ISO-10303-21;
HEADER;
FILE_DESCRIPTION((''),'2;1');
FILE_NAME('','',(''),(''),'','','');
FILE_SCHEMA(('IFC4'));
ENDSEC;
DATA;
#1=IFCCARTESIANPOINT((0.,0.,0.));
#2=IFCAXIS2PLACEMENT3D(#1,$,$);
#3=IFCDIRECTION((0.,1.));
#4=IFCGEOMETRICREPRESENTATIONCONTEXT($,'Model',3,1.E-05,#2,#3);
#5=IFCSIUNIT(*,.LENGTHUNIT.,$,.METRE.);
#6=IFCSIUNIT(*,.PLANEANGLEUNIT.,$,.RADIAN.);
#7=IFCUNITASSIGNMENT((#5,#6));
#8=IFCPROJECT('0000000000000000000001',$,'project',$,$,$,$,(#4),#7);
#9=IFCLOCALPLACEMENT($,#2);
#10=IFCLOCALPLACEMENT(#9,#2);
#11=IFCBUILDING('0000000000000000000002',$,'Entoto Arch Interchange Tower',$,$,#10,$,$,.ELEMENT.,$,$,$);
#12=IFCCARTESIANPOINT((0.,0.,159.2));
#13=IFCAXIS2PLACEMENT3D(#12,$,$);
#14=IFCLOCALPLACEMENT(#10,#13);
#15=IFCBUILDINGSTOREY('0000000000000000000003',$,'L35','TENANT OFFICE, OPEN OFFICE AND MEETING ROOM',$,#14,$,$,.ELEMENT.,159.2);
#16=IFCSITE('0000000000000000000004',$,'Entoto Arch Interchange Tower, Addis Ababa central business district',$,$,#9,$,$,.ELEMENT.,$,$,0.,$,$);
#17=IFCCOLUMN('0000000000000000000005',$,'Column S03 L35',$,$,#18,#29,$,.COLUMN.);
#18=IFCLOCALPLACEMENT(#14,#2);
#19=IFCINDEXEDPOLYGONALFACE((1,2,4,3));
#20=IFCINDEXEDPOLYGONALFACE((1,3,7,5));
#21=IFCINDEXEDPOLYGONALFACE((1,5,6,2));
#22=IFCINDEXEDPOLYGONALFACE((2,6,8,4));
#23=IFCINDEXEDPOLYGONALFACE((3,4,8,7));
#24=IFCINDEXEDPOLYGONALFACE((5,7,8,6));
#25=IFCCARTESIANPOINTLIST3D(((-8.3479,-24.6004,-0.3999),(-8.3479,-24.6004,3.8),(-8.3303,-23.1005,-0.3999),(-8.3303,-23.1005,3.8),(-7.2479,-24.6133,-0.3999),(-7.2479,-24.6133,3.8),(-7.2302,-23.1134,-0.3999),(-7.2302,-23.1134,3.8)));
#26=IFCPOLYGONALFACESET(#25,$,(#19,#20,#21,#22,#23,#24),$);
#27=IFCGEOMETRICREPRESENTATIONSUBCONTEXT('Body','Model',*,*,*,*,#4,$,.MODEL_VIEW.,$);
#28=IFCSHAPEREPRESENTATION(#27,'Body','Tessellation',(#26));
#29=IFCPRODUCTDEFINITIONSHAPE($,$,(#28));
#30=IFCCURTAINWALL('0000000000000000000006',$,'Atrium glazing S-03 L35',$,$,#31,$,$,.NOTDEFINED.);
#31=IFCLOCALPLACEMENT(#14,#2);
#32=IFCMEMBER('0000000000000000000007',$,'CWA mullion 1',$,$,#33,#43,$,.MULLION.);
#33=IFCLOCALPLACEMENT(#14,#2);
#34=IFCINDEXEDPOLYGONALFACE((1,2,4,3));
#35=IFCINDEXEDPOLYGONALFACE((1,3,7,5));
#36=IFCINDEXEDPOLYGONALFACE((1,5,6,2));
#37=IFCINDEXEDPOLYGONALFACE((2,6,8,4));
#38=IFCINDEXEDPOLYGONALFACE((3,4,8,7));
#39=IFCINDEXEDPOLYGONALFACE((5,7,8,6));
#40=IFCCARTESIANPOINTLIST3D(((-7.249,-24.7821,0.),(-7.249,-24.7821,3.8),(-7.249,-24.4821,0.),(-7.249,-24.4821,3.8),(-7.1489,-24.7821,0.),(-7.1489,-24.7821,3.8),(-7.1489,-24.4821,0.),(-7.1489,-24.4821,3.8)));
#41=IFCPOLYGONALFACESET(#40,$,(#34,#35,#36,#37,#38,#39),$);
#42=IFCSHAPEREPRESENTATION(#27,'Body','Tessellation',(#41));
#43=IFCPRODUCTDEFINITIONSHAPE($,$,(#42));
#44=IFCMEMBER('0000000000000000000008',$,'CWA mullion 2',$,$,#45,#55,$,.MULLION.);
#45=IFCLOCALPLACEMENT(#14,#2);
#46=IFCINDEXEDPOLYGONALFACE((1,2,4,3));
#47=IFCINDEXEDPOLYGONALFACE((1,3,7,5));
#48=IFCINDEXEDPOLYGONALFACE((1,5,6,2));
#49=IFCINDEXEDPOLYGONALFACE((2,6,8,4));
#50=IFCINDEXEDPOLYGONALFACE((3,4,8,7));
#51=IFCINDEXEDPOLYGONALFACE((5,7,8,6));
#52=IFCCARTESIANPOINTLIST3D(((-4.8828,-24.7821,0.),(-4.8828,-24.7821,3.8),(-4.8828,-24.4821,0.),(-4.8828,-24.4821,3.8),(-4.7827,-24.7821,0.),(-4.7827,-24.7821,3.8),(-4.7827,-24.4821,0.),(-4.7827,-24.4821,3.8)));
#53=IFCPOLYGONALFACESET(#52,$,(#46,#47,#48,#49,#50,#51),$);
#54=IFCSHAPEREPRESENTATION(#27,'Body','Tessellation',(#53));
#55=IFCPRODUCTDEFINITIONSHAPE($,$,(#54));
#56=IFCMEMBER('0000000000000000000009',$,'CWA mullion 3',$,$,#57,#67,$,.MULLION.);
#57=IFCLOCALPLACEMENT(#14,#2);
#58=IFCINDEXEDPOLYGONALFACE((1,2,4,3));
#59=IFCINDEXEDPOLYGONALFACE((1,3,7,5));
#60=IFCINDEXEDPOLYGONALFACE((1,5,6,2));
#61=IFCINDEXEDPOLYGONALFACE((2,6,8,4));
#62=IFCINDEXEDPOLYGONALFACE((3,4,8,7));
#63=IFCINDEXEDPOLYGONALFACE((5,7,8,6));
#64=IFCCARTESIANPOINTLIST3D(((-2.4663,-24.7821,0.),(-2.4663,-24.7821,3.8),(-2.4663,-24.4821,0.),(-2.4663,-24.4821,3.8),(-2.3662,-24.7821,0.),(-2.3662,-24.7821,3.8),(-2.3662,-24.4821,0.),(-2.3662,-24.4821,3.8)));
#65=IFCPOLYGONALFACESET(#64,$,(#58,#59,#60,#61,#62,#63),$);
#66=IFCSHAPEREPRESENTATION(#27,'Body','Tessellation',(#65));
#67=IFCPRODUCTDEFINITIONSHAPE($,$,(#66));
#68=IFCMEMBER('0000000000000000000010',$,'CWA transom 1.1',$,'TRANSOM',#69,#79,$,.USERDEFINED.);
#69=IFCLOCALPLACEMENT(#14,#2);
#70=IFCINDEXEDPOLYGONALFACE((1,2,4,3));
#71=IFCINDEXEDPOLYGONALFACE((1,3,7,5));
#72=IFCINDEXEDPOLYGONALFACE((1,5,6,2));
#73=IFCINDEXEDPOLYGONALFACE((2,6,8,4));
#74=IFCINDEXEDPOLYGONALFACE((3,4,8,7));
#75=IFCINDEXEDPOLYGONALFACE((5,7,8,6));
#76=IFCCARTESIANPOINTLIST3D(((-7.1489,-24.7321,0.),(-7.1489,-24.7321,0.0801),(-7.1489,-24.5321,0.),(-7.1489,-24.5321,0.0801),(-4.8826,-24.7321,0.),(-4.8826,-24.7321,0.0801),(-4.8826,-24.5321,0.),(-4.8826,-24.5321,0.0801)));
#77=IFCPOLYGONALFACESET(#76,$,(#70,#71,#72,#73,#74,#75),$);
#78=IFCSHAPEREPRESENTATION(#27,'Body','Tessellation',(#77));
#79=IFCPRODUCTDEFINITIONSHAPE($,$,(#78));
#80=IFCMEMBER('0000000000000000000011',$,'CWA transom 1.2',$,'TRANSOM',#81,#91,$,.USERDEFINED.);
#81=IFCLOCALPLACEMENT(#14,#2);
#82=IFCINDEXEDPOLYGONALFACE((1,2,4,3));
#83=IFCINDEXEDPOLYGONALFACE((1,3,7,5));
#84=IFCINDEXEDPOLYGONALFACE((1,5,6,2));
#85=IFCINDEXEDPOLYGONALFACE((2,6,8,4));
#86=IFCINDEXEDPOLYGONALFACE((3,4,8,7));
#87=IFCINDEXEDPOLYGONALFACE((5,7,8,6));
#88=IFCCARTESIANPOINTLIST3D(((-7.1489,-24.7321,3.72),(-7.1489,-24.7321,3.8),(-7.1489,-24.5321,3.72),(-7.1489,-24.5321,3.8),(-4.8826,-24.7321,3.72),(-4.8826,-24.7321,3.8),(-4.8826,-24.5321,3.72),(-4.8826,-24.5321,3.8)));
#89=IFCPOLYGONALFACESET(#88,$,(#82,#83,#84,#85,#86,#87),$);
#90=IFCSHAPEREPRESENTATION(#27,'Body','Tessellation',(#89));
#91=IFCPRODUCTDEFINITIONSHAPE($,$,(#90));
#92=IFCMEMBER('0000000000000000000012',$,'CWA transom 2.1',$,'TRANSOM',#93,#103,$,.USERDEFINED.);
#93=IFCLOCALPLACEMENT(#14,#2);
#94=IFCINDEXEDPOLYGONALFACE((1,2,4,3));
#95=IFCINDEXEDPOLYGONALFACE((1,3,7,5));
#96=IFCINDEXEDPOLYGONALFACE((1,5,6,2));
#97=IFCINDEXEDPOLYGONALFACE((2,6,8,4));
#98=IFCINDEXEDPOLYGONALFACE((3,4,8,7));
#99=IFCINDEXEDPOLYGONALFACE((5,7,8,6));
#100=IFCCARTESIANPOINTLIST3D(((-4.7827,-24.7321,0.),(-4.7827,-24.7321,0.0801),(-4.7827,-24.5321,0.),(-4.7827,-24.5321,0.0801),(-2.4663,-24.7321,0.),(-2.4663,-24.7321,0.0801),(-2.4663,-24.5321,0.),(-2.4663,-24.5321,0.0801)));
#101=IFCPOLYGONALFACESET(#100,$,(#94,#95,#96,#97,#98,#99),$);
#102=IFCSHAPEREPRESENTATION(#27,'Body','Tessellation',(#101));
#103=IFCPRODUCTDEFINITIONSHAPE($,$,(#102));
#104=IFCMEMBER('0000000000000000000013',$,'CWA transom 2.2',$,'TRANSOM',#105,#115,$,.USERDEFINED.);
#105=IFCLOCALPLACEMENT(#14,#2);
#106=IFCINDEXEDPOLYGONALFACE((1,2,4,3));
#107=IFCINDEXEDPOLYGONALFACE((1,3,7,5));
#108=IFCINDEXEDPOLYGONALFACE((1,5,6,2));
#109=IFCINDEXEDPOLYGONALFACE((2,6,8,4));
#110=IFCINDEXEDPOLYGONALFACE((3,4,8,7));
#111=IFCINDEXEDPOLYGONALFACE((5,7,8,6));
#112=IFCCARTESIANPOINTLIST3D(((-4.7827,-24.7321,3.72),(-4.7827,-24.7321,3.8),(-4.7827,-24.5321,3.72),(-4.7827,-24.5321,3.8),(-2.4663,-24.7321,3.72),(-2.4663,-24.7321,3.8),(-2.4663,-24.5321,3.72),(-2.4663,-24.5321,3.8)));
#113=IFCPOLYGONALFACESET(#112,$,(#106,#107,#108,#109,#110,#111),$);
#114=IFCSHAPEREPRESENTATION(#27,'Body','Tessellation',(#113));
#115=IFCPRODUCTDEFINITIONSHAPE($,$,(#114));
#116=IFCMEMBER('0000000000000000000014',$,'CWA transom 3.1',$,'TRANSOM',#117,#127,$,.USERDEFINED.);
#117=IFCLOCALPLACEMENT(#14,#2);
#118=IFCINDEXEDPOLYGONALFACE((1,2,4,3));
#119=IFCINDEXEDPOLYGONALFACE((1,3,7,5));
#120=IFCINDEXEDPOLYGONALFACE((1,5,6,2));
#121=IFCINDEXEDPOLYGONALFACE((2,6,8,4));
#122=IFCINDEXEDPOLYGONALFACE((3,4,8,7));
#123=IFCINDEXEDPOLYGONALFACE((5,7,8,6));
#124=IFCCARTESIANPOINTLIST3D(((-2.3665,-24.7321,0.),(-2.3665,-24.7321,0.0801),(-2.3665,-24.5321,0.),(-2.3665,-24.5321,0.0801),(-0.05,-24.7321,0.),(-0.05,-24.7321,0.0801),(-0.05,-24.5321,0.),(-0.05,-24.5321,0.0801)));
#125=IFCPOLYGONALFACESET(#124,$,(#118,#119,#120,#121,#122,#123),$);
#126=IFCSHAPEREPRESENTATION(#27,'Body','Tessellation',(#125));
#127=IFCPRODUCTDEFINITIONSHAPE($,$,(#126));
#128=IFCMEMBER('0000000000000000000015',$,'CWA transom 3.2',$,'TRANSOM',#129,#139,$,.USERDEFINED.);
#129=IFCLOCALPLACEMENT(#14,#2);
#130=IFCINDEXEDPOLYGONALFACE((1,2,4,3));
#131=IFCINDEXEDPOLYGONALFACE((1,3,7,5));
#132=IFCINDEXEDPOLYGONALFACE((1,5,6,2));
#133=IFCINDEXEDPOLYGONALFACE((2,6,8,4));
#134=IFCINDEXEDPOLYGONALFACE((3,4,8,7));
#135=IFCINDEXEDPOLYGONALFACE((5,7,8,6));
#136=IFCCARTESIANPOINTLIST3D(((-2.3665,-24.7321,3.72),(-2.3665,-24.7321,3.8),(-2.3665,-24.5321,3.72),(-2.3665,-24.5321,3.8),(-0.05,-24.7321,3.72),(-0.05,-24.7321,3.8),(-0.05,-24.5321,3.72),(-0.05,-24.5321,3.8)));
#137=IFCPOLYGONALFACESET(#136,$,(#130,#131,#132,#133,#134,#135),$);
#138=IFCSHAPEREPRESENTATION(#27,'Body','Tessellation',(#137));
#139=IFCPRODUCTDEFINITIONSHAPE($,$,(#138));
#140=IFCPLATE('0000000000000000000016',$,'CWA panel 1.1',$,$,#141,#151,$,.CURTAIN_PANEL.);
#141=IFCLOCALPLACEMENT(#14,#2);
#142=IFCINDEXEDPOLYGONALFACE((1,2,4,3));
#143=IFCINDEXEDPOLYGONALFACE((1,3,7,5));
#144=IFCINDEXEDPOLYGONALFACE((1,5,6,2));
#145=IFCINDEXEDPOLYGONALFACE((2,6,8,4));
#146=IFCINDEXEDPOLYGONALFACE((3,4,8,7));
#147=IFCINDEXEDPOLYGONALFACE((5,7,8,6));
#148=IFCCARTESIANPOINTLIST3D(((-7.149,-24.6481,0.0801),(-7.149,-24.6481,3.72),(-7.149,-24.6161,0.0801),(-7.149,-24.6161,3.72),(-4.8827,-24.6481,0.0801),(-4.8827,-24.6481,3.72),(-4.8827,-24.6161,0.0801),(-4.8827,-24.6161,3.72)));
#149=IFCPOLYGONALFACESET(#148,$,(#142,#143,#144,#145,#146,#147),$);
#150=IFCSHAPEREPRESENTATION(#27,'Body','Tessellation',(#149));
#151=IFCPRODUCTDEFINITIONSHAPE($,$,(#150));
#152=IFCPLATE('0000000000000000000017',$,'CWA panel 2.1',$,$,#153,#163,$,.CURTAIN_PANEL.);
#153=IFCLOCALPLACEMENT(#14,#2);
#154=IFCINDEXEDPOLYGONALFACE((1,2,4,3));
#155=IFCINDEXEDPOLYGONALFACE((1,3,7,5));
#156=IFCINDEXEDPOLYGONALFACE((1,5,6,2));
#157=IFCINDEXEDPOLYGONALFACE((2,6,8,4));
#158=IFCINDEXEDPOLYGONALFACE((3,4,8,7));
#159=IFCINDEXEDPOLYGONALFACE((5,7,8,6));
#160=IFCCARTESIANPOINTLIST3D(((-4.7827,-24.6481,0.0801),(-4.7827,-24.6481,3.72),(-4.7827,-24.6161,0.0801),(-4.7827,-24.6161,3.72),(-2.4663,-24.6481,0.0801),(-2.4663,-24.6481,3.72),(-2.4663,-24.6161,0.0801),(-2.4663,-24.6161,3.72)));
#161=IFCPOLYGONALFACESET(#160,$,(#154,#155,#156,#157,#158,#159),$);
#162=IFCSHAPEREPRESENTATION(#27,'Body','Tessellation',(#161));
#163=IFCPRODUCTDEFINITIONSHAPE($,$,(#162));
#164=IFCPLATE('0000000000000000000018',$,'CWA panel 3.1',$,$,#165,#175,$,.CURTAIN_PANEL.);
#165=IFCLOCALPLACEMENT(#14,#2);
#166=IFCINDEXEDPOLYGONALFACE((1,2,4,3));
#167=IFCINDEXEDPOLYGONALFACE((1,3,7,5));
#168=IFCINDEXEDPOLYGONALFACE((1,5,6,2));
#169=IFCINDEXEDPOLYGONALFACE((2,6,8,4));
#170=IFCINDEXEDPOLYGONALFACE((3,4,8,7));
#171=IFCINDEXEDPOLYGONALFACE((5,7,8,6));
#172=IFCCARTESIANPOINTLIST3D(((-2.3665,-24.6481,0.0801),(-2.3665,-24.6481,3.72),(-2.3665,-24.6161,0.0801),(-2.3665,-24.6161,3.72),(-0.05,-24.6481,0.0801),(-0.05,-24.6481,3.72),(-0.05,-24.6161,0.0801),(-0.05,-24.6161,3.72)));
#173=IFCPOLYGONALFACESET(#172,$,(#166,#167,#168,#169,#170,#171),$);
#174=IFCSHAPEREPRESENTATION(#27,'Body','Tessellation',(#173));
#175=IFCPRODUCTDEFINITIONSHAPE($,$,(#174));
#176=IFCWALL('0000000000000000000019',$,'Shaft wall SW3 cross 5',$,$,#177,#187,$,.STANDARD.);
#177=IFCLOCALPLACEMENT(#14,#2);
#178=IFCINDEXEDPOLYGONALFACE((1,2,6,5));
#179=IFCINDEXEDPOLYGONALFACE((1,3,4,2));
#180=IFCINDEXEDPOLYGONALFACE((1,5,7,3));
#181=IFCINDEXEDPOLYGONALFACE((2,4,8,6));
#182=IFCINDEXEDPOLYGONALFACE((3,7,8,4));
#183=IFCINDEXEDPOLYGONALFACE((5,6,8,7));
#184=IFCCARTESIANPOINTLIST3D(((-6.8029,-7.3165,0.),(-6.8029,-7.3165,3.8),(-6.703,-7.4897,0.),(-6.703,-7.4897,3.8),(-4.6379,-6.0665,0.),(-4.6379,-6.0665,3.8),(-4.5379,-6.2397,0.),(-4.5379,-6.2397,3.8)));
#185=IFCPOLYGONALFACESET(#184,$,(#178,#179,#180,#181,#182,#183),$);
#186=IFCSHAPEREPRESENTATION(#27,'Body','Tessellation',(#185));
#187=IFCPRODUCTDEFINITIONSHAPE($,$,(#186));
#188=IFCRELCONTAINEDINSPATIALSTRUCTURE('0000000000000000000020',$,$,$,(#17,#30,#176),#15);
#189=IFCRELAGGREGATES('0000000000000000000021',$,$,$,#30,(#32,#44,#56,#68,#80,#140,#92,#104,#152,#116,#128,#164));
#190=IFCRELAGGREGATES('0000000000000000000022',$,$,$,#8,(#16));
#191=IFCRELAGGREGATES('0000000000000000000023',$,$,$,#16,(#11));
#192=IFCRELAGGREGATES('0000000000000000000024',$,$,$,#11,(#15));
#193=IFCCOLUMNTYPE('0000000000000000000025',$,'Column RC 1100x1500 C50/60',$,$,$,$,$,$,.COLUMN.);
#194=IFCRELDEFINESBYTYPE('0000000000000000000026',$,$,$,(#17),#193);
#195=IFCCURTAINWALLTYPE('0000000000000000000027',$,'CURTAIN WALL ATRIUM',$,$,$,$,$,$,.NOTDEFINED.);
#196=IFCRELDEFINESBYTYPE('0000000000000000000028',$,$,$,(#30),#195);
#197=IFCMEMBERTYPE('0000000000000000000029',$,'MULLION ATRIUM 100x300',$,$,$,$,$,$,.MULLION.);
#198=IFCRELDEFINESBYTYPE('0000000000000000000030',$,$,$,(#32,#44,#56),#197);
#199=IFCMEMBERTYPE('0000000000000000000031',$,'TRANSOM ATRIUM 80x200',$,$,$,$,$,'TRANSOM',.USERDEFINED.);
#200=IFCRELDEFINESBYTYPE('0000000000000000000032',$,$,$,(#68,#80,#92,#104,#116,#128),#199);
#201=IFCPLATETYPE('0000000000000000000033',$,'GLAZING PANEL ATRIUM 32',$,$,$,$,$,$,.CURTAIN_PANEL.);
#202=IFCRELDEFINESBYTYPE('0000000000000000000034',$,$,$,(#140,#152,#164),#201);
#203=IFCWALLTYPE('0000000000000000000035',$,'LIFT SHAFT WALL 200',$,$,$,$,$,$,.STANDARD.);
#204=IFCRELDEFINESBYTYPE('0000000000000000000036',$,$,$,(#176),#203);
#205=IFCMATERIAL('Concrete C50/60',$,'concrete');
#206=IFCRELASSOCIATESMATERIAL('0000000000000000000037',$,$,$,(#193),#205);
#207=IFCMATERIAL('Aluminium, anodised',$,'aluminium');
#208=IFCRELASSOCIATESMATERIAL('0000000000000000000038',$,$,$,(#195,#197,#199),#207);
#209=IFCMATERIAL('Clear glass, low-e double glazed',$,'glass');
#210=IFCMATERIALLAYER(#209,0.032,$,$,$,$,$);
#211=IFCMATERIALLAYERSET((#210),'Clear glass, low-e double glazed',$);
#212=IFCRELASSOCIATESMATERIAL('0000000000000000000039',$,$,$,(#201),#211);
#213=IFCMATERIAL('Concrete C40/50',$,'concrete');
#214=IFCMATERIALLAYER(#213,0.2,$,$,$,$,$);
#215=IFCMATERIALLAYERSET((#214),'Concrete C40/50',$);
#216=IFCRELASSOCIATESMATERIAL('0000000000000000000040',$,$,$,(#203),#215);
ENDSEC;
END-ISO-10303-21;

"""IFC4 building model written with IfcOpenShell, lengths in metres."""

from ifc_helpers import new_model, si_unit, direction, frame, frame_2d, origin, origin_2d, place, context, subcontext, project, spatial, rectangle, extrude, material, layer, layer_set, material_profile, profile_set, type_object, element, aggregate, save


model = new_model("IFC4")

# Units and contexts
model_context = context("Model", 3, precision=1e-05, world=origin(), true_north=direction((0.0, 1.0)))
body_context = subcontext(model_context, "Body", "Model", "MODEL_VIEW")
ifc_project = project(units=[si_unit("LENGTHUNIT", "METRE"), si_unit("PLANEANGLEUNIT", "RADIAN")], contexts=[model_context])

# Site, building, storey
site_placement = place(None, origin())
site = spatial("IfcSite", under=ifc_project, at=site_placement, Name="Entoto Arch Interchange Tower, Addis Ababa central business district", CompositionType="ELEMENT", RefElevation=0.0)
building_placement = place(site_placement, origin())
building = spatial("IfcBuilding", under=site, at=building_placement, Name="Entoto Arch Interchange Tower", CompositionType="ELEMENT")
storey_placement = place(building_placement, frame((0.0, 0.0, 159.2)))
storey = spatial("IfcBuildingStorey", under=building, at=storey_placement, Name="L35", Description="TENANT OFFICE, OPEN OFFICE AND MEETING ROOM", CompositionType="ELEMENT", Elevation=159.2)

# Column
ifc_material_1 = material(Name="Concrete C50/60", Category="concrete")
ifc_material_profile_1 = material_profile(ifc_material_1, rectangle(XDim=1.1001, YDim=1.5, at=origin_2d()))
ifc_profile_set_1 = profile_set([ifc_material_profile_1], Name="Concrete C50/60")
column_type = type_object("IfcColumnType", Name="Column RC 1100x1500 C50/60", PredefinedType="COLUMN", material=ifc_profile_set_1)
column_placement = place(storey_placement, frame((-7.7891, -23.8569, -0.3999), z_axis=(0.0, 0.0, 1.0), x_axis=(-0.999931, 0.011746, 0.0)))
element("IfcColumn", 1, at=column_placement, inside=storey, type_object=column_type, Name="Column S03 L35", PredefinedType="COLUMN", context=body_context, shape_type="SweptSolid", body=[
    extrude(rectangle(XDim=1.1001, YDim=1.5, at=origin_2d()), origin(), (0.0, 0.0, 1.0), 4.2),
])

# Curtain wall, members, plates
ifc_material_2 = material(Name="Aluminium, anodised", Category="aluminium")
curtain_wall_type = type_object("IfcCurtainWallType", Name="CURTAIN WALL ATRIUM", PredefinedType="NOTDEFINED", material=ifc_material_2)
curtain_wall_placement = place(storey_placement, origin())
curtain_wall = element("IfcCurtainWall", 2, at=curtain_wall_placement, inside=storey, type_object=curtain_wall_type, Name="Atrium glazing S-03 L35", PredefinedType="NOTDEFINED")
ifc_material_profile_2 = material_profile(ifc_material_2, rectangle(XDim=0.3, YDim=0.1001, at=origin_2d()))
ifc_profile_set_2 = profile_set([ifc_material_profile_2], Name="Aluminium, anodised")
member_type_1 = type_object("IfcMemberType", Name="MULLION ATRIUM 100x300", PredefinedType="MULLION", material=ifc_profile_set_2)
member_1_placement = place(storey_placement, frame((-7.199, -24.6321, 0.0), z_axis=(0.0, 0.0, 1.0), x_axis=(0.0, 1.0, 0.0)))
member_1 = element("IfcMember", 3, at=member_1_placement, type_object=member_type_1, Name="CWA mullion 1", PredefinedType="MULLION", context=body_context, shape_type="SweptSolid", body=[
    extrude(rectangle(XDim=0.3, YDim=0.1001, at=origin_2d()), origin(), (0.0, 0.0, 1.0), 3.8),
])
member_2_placement = place(storey_placement, frame((-4.8328, -24.6321, 0.0), z_axis=(0.0, 0.0, 1.0), x_axis=(0.0, 1.0, 0.0)))
member_2 = element("IfcMember", 4, at=member_2_placement, type_object=member_type_1, Name="CWA mullion 2", PredefinedType="MULLION", context=body_context, shape_type="SweptSolid", body=[
    extrude(rectangle(XDim=0.3, YDim=0.1001, at=origin_2d()), origin(), (0.0, 0.0, 1.0), 3.8),
])
member_3_placement = place(storey_placement, frame((-2.4163, -24.6321, 0.0), z_axis=(0.0, 0.0, 1.0), x_axis=(0.0, 1.0, 0.0)))
member_3 = element("IfcMember", 5, at=member_3_placement, type_object=member_type_1, Name="CWA mullion 3", PredefinedType="MULLION", context=body_context, shape_type="SweptSolid", body=[
    extrude(rectangle(XDim=0.3, YDim=0.1001, at=origin_2d()), origin(), (0.0, 0.0, 1.0), 3.8),
])
ifc_material_profile_3 = material_profile(ifc_material_2, rectangle(XDim=0.2, YDim=0.0801, at=origin_2d()))
ifc_profile_set_3 = profile_set([ifc_material_profile_3], Name="Aluminium, anodised")
member_type_2 = type_object("IfcMemberType", Name="TRANSOM ATRIUM 80x200", ElementType="TRANSOM", PredefinedType="USERDEFINED", material=ifc_profile_set_3)
member_4_placement = place(storey_placement, frame((-7.1489, -24.6321, 0.04), z_axis=(1.0, 0.0, 0.0), x_axis=(0.0, 1.0, 0.0)))
member_4 = element("IfcMember", 6, at=member_4_placement, type_object=member_type_2, Name="CWA transom 1.1", ObjectType="TRANSOM", PredefinedType="USERDEFINED", context=body_context, shape_type="SweptSolid", body=[
    extrude(rectangle(XDim=0.2, YDim=0.0801, at=origin_2d()), origin(), (0.0, 0.0, 1.0), 2.2664),
])
member_5_placement = place(storey_placement, frame((-7.1489, -24.6321, 3.76), z_axis=(1.0, 0.0, 0.0), x_axis=(0.0, 1.0, 0.0)))
member_5 = element("IfcMember", 7, at=member_5_placement, type_object=member_type_2, Name="CWA transom 1.2", ObjectType="TRANSOM", PredefinedType="USERDEFINED", context=body_context, shape_type="SweptSolid", body=[
    extrude(rectangle(XDim=0.2, YDim=0.0801, at=origin_2d()), origin(), (0.0, 0.0, 1.0), 2.2664),
])
member_6_placement = place(storey_placement, frame((-4.7827, -24.6321, 0.04), z_axis=(1.0, 0.0, 0.0), x_axis=(0.0, 1.0, 0.0)))
member_6 = element("IfcMember", 8, at=member_6_placement, type_object=member_type_2, Name="CWA transom 2.1", ObjectType="TRANSOM", PredefinedType="USERDEFINED", context=body_context, shape_type="SweptSolid", body=[
    extrude(rectangle(XDim=0.2, YDim=0.0801, at=origin_2d()), origin(), (0.0, 0.0, 1.0), 2.3164),
])
member_7_placement = place(storey_placement, frame((-4.7827, -24.6321, 3.76), z_axis=(1.0, 0.0, 0.0), x_axis=(0.0, 1.0, 0.0)))
member_7 = element("IfcMember", 9, at=member_7_placement, type_object=member_type_2, Name="CWA transom 2.2", ObjectType="TRANSOM", PredefinedType="USERDEFINED", context=body_context, shape_type="SweptSolid", body=[
    extrude(rectangle(XDim=0.2, YDim=0.0801, at=origin_2d()), origin(), (0.0, 0.0, 1.0), 2.3164),
])
member_8_placement = place(storey_placement, frame((-2.3665, -24.6321, 0.04), z_axis=(1.0, 0.0, 0.0), x_axis=(0.0, 1.0, 0.0)))
member_8 = element("IfcMember", 10, at=member_8_placement, type_object=member_type_2, Name="CWA transom 3.1", ObjectType="TRANSOM", PredefinedType="USERDEFINED", context=body_context, shape_type="SweptSolid", body=[
    extrude(rectangle(XDim=0.2, YDim=0.0801, at=origin_2d()), origin(), (0.0, 0.0, 1.0), 2.3164),
])
member_9_placement = place(storey_placement, frame((-2.3665, -24.6321, 3.76), z_axis=(1.0, 0.0, 0.0), x_axis=(0.0, 1.0, 0.0)))
member_9 = element("IfcMember", 11, at=member_9_placement, type_object=member_type_2, Name="CWA transom 3.2", ObjectType="TRANSOM", PredefinedType="USERDEFINED", context=body_context, shape_type="SweptSolid", body=[
    extrude(rectangle(XDim=0.2, YDim=0.0801, at=origin_2d()), origin(), (0.0, 0.0, 1.0), 2.3164),
])
ifc_material_3 = material(Name="Clear glass, low-e double glazed", Category="glass")
ifc_layer_1 = layer(ifc_material_3, 0.032)
ifc_layer_set_1 = layer_set([ifc_layer_1], Name="Clear glass, low-e double glazed")
plate_type = type_object("IfcPlateType", Name="GLAZING PANEL ATRIUM 32", PredefinedType="CURTAIN_PANEL", material=ifc_layer_set_1)
plate_1_placement = place(storey_placement, frame((-6.0159, -24.6321, 0.0801), z_axis=(0.0, 0.0, 1.0), x_axis=(1.0, 0.0, 0.0)))
plate_1 = element("IfcPlate", 12, at=plate_1_placement, type_object=plate_type, Name="CWA panel 1.1", PredefinedType="CURTAIN_PANEL", context=body_context, shape_type="SweptSolid", body=[
    extrude(rectangle(XDim=2.2664, YDim=0.032, at=origin_2d()), origin(), (0.0, 0.0, 1.0), 3.6399),
])
plate_2_placement = place(storey_placement, frame((-3.6245, -24.6321, 0.0801), z_axis=(0.0, 0.0, 1.0), x_axis=(1.0, 0.0, 0.0)))
plate_2 = element("IfcPlate", 13, at=plate_2_placement, type_object=plate_type, Name="CWA panel 2.1", PredefinedType="CURTAIN_PANEL", context=body_context, shape_type="SweptSolid", body=[
    extrude(rectangle(XDim=2.3164, YDim=0.032, at=origin_2d()), origin(), (0.0, 0.0, 1.0), 3.6399),
])
plate_3_placement = place(storey_placement, frame((-1.2083, -24.6321, 0.0801), z_axis=(0.0, 0.0, 1.0), x_axis=(1.0, 0.0, 0.0)))
plate_3 = element("IfcPlate", 14, at=plate_3_placement, type_object=plate_type, Name="CWA panel 3.1", PredefinedType="CURTAIN_PANEL", context=body_context, shape_type="SweptSolid", body=[
    extrude(rectangle(XDim=2.3164, YDim=0.032, at=origin_2d()), origin(), (0.0, 0.0, 1.0), 3.6399),
])
aggregate(curtain_wall, [member_1, member_2, member_3, member_4, member_5, plate_1, member_6, member_7, plate_2, member_8, member_9, plate_3])

# Wall
ifc_material_4 = material(Name="Concrete C40/50", Category="concrete")
ifc_layer_2 = layer(ifc_material_4, 0.2)
ifc_layer_set_2 = layer_set([ifc_layer_2], Name="Concrete C40/50")
wall_type_1 = type_object("IfcWallType", Name="LIFT SHAFT WALL 200", PredefinedType="STANDARD", material=ifc_layer_set_2)
wall_1_placement = place(storey_placement, frame((-4.5879, -6.1531, 0.0), z_axis=(0.0, 0.0, 1.0), x_axis=(-0.866023, -0.500004, 0.0)))
element("IfcWall", 15, at=wall_1_placement, inside=storey, type_object=wall_type_1, Name="Shaft wall SW3 cross 5", PredefinedType="STANDARD", context=body_context, shape_type="SweptSolid", body=[
    extrude(rectangle(XDim=2.5, YDim=0.2, at=frame_2d((1.25, 0.0))), origin(), (0.0, 0.0, 1.0), 3.8),
])

save(model, "model.ifc")
